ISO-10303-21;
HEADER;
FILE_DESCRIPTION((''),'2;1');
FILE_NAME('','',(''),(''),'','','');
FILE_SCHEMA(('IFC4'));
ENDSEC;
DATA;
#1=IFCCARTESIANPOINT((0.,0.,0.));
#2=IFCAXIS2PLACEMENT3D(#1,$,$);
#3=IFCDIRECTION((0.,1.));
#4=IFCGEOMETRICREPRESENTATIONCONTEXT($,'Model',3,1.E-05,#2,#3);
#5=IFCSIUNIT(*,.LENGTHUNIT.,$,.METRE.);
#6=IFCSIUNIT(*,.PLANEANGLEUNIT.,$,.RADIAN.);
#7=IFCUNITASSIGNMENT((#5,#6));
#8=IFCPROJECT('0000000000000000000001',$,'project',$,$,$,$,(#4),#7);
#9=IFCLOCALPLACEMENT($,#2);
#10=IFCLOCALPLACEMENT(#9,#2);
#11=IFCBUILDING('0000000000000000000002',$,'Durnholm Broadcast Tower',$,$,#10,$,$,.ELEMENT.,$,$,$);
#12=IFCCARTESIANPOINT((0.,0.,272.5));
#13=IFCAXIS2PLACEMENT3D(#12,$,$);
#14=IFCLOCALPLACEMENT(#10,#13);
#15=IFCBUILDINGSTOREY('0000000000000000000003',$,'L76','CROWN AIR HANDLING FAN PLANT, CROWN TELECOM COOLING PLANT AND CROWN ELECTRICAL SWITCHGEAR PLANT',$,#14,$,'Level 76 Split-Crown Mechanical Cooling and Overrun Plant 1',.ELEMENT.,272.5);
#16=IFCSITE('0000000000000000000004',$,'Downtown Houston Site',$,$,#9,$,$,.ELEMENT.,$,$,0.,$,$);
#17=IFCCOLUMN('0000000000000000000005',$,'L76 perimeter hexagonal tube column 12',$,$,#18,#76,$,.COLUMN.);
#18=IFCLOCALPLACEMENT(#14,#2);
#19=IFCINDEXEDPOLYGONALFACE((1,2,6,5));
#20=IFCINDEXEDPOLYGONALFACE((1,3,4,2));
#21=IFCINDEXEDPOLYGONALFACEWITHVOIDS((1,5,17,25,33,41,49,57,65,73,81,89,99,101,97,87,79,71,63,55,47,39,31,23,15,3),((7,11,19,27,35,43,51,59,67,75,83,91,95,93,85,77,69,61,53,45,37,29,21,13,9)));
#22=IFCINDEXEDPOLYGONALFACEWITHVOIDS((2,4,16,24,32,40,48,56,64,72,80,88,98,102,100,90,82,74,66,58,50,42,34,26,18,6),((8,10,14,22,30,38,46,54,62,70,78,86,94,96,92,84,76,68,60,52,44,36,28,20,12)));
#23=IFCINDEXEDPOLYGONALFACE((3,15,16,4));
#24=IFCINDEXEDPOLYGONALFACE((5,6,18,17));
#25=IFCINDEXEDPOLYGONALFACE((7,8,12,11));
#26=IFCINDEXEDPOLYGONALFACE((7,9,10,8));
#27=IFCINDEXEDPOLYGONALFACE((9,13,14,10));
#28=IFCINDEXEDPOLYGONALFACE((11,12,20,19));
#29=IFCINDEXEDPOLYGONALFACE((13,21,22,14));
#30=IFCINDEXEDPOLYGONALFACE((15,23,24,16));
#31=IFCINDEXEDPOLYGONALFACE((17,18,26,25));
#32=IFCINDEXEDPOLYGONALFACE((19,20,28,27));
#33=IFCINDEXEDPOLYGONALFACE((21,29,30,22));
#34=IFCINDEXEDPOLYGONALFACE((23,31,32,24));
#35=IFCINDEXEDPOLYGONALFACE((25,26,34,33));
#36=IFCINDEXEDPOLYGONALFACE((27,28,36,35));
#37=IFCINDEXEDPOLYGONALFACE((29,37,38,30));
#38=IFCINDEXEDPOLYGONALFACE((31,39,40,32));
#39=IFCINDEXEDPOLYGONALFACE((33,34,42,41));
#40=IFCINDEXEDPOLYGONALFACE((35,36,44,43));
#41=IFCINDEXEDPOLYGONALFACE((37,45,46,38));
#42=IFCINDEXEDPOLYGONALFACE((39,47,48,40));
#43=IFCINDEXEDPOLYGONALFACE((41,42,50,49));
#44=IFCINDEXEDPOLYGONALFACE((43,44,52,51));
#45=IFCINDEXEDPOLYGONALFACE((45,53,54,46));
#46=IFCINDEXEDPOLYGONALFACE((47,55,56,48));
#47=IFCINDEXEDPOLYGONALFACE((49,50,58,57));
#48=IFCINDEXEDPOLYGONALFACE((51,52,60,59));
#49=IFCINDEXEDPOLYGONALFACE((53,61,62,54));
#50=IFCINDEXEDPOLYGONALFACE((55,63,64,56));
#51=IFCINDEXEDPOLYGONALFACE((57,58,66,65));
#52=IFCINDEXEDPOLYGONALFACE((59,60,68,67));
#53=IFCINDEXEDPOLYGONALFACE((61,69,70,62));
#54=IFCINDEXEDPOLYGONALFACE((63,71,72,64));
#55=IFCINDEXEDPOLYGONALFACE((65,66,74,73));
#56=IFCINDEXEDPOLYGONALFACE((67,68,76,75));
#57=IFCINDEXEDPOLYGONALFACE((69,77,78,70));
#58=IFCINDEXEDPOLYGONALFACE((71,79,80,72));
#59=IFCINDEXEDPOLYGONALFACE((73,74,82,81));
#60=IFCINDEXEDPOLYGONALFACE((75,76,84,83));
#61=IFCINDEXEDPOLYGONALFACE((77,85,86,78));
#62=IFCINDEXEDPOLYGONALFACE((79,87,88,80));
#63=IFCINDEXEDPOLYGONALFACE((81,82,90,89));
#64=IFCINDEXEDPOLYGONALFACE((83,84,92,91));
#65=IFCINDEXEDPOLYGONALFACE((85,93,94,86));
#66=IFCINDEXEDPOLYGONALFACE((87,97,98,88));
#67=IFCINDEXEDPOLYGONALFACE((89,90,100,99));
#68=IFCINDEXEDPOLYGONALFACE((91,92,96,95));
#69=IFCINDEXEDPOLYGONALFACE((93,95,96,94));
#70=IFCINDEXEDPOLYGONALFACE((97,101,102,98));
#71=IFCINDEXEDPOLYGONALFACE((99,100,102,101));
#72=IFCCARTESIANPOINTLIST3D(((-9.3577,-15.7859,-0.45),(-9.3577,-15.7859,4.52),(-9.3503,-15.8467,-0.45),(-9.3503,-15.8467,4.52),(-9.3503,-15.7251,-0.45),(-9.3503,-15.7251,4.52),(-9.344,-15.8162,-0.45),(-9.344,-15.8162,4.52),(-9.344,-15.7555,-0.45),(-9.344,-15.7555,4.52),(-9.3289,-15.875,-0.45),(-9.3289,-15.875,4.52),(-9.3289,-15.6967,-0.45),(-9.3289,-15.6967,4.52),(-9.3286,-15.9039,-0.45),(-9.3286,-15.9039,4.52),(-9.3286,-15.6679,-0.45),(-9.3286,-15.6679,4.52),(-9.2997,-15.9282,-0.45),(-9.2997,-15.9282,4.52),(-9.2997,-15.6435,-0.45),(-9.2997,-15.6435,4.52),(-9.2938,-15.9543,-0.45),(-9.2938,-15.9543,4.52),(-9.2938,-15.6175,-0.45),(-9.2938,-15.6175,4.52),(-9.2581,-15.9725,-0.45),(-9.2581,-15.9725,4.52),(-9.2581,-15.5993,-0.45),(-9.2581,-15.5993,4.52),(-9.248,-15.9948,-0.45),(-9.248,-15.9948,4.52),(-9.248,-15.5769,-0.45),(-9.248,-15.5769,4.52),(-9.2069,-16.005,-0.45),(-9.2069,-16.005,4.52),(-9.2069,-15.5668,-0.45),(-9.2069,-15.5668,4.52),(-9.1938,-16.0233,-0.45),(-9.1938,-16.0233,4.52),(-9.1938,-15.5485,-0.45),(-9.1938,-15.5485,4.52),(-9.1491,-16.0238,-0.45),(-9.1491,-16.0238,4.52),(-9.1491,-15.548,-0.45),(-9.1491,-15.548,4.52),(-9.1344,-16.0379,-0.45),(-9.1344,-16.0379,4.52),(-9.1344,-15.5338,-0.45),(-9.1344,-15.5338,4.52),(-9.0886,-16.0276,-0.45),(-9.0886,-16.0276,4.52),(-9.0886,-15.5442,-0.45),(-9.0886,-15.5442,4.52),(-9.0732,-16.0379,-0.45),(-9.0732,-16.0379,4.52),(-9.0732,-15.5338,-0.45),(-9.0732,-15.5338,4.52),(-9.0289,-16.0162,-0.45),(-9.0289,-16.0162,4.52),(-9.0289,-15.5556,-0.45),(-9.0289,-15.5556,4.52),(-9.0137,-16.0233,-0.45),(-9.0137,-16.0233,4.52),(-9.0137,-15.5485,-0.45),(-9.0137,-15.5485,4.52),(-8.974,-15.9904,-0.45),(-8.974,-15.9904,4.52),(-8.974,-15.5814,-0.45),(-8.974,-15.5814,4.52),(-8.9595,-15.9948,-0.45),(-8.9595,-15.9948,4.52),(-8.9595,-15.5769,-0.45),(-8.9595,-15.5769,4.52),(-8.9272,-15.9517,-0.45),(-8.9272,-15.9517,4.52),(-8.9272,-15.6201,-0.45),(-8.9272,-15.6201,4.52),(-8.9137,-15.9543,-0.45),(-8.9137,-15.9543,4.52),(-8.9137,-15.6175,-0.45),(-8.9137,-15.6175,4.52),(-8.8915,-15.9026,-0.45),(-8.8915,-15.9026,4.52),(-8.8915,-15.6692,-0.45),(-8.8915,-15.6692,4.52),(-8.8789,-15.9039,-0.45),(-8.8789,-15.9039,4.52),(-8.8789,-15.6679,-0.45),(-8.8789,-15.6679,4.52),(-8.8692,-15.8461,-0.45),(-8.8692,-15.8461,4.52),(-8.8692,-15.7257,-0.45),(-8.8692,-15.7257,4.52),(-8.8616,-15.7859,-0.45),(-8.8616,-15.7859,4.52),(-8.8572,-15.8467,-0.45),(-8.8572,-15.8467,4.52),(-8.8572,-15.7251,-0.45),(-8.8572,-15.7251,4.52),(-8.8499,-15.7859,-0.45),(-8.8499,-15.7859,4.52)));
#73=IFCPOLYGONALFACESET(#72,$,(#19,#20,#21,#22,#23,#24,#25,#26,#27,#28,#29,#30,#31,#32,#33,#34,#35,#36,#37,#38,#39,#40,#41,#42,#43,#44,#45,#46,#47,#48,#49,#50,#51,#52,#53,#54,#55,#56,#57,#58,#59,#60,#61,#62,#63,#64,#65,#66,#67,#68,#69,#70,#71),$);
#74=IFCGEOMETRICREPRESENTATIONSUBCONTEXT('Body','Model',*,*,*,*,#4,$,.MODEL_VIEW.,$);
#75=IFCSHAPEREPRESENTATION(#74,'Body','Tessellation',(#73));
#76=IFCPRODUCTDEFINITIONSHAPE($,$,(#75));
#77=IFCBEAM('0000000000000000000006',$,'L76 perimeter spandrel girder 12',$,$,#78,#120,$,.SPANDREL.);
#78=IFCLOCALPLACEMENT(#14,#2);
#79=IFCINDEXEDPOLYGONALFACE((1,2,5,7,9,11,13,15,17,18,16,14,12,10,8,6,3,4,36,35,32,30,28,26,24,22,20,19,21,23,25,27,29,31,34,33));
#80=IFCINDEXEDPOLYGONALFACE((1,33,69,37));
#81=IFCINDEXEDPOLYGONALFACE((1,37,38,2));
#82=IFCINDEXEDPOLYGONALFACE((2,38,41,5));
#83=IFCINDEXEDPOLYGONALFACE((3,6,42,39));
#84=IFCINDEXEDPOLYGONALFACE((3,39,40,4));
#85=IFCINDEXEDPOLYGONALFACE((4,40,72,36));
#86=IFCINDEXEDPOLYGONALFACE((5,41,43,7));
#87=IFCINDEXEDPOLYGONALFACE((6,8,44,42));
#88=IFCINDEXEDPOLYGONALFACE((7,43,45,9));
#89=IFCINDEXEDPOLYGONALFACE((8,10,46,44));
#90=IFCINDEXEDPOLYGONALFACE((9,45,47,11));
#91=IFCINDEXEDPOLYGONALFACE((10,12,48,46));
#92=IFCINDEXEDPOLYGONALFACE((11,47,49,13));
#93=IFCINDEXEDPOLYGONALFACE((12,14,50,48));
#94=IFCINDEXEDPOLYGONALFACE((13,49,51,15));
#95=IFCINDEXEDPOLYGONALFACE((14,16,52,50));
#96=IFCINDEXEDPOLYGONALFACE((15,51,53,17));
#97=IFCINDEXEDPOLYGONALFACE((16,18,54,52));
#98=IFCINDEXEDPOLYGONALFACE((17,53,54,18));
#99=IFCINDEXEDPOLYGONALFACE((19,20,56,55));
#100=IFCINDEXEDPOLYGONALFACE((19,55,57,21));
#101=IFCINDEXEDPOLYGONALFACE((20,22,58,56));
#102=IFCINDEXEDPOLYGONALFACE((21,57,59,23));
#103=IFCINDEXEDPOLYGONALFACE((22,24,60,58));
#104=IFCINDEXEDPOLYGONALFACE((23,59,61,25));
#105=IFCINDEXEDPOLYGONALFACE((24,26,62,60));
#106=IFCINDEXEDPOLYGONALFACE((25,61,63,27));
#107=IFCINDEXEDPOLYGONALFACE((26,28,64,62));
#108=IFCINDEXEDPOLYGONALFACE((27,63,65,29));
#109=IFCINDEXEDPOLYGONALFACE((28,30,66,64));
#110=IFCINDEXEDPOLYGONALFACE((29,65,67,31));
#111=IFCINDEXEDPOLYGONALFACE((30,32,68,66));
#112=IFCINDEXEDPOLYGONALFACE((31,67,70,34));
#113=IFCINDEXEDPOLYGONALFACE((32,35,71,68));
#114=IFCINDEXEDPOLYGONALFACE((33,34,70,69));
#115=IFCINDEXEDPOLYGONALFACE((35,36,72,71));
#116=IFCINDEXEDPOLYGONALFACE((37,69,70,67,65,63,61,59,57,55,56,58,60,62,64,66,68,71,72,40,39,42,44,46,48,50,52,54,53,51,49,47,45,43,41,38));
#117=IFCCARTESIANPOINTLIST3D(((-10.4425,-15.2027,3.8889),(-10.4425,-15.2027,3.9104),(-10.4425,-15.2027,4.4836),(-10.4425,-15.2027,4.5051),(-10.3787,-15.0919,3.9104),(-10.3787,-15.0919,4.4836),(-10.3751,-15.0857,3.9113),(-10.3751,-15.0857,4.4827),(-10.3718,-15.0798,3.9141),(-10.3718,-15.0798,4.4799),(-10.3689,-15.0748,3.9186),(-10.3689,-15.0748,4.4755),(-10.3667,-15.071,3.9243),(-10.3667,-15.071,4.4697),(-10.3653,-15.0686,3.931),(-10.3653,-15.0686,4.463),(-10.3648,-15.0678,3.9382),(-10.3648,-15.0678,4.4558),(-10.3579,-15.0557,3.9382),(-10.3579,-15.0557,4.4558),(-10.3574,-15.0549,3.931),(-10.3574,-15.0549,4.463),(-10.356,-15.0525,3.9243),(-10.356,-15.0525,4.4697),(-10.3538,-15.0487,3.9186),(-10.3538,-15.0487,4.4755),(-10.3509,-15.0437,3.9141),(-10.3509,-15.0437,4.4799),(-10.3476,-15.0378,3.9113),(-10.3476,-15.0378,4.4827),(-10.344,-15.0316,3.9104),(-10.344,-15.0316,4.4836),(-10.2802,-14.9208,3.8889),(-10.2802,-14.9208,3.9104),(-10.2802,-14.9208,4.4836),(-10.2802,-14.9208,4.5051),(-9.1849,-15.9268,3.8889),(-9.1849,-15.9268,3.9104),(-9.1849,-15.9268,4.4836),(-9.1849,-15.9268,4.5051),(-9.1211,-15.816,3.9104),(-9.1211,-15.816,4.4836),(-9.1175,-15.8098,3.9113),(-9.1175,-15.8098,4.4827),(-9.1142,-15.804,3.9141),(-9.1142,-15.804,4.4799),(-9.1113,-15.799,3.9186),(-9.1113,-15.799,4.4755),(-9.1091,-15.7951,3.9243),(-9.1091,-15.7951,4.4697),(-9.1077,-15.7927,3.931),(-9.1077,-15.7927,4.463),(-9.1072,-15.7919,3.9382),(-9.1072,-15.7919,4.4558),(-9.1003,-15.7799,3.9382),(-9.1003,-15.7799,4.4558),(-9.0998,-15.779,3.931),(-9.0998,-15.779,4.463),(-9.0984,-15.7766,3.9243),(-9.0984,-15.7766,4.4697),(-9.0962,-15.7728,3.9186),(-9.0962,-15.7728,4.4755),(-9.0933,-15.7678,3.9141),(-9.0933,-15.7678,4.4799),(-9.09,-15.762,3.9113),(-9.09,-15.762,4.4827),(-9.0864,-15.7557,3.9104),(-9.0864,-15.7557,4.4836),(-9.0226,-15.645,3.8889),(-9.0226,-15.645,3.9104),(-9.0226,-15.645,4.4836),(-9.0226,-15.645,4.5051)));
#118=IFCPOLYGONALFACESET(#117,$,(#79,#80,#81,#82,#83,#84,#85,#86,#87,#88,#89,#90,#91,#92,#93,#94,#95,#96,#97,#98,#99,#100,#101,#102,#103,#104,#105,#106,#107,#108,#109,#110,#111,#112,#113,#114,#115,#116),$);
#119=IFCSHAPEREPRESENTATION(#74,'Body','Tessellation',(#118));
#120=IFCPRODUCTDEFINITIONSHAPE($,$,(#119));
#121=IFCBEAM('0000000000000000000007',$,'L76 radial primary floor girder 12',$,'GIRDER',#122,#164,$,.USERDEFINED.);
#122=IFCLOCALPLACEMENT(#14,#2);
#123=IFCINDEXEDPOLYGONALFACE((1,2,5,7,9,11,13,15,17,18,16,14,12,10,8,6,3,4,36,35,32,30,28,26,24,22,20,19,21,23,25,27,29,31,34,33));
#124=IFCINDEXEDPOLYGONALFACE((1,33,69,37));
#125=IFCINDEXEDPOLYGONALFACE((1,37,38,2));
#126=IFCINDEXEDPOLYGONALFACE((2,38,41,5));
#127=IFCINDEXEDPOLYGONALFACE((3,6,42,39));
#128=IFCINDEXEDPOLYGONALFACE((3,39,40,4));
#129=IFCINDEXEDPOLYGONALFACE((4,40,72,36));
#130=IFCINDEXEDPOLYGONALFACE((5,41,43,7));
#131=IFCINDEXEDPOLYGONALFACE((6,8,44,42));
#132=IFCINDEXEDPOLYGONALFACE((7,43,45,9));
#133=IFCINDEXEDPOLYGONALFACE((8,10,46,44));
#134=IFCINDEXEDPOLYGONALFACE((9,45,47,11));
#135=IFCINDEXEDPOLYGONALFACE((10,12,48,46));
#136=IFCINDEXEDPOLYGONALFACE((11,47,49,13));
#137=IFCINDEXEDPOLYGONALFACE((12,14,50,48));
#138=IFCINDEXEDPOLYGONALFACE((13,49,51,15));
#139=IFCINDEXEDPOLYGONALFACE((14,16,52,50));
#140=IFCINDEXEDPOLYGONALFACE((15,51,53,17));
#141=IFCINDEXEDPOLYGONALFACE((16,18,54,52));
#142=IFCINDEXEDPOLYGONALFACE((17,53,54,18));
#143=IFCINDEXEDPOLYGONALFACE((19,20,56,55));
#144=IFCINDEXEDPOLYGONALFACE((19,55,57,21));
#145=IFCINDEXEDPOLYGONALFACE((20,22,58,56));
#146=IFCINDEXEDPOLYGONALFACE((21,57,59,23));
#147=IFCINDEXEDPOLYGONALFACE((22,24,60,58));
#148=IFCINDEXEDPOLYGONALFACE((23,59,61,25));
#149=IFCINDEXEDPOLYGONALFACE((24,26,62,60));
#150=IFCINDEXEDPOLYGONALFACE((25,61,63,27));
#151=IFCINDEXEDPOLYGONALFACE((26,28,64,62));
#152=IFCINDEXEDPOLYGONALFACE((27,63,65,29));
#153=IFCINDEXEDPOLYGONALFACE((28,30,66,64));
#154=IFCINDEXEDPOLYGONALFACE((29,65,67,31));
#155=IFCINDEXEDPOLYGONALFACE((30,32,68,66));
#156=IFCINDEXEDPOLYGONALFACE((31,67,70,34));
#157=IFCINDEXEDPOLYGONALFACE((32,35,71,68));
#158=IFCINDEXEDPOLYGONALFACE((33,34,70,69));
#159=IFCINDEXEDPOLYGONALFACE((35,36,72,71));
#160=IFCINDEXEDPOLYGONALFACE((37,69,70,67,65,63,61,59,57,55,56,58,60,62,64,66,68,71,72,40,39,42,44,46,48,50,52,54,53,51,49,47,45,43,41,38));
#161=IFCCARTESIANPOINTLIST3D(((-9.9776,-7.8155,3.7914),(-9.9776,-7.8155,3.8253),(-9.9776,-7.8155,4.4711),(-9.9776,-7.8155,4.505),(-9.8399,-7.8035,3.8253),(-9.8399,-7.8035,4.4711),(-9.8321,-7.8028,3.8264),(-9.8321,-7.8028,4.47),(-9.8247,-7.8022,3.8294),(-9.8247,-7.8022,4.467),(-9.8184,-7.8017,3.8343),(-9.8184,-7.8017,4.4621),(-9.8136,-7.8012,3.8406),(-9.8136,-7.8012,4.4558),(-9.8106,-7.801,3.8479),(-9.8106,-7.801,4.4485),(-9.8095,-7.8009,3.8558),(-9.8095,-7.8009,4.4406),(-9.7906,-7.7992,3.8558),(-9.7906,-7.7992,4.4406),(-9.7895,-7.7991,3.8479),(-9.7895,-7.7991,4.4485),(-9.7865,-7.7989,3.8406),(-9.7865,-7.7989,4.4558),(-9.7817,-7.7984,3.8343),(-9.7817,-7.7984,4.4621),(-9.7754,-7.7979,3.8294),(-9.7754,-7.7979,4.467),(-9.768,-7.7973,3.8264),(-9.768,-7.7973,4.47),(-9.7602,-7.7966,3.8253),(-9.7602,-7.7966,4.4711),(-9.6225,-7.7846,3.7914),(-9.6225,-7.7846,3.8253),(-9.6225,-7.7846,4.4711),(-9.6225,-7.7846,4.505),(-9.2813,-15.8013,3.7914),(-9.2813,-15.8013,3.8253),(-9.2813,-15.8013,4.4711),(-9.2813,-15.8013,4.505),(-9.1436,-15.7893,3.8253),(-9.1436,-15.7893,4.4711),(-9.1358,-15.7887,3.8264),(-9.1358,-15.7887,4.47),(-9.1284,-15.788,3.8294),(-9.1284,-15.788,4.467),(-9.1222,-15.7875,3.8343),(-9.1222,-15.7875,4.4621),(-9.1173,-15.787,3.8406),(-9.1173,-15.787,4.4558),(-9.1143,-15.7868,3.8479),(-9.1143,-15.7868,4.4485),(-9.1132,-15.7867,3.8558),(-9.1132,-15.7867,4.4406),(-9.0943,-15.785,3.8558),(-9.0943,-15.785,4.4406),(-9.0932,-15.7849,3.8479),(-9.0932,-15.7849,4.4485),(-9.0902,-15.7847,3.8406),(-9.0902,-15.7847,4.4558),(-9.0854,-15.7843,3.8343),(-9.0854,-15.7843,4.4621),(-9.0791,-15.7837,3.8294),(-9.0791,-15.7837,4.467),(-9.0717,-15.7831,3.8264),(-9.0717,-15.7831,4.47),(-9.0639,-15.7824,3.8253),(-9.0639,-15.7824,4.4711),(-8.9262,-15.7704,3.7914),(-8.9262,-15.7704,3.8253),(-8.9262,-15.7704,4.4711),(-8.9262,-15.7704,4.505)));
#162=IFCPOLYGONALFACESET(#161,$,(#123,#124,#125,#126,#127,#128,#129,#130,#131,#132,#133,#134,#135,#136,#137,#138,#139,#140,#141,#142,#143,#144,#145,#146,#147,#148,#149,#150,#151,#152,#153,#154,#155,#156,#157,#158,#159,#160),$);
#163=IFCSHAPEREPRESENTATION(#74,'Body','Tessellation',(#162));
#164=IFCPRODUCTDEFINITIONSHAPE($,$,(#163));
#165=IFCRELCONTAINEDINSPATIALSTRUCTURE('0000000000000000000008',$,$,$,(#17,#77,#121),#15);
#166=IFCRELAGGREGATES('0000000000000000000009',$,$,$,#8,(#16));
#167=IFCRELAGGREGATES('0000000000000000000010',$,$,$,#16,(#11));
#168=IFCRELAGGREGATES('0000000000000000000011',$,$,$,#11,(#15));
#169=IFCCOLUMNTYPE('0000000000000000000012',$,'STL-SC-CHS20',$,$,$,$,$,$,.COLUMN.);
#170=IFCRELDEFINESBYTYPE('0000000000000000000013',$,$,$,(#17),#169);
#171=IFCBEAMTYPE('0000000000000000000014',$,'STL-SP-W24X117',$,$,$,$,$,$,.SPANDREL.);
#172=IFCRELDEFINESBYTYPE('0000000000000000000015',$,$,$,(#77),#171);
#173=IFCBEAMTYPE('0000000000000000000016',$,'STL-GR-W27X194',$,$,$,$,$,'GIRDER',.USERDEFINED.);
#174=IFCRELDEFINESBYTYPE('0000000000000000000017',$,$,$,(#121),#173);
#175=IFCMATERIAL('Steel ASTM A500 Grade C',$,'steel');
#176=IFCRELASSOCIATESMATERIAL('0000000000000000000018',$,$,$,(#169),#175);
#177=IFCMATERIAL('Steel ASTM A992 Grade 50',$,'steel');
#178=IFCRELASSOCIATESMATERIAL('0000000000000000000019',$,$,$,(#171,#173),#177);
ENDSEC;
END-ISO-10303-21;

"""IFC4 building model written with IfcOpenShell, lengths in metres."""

from ifc_helpers import new_model, si_unit, direction, frame, origin, origin_2d, place, context, subcontext, project, spatial, hollow_circle, i_section, extrude, source, transform, mapped, material, material_profile, profile_set, type_object, type_shapes, element, save


model = new_model("IFC4")

# Units and contexts
model_context = context("Model", 3, precision=1e-05, world=origin(), true_north=direction((0.0, 1.0)))
body_context = subcontext(model_context, "Body", "Model", "MODEL_VIEW")
ifc_project = project(units=[si_unit("LENGTHUNIT", "METRE"), si_unit("PLANEANGLEUNIT", "RADIAN")], contexts=[model_context])

# Site, building, storey
site_placement = place(None, origin())
site = spatial("IfcSite", under=ifc_project, at=site_placement, Name="Downtown Houston Site", CompositionType="ELEMENT", RefElevation=0.0)
building_placement = place(site_placement, origin())
building = spatial("IfcBuilding", under=site, at=building_placement, Name="Durnholm Broadcast Tower", CompositionType="ELEMENT")
storey_placement = place(building_placement, frame((0.0, 0.0, 272.5)))
storey = spatial("IfcBuildingStorey", under=building, at=storey_placement, Name="L76", Description="CROWN AIR HANDLING FAN PLANT, CROWN TELECOM COOLING PLANT AND CROWN ELECTRICAL SWITCHGEAR PLANT", LongName="Level 76 Split-Crown Mechanical Cooling and Overrun Plant 1", CompositionType="ELEMENT", Elevation=272.5)

# Column
ifc_material_1 = material(Name="Steel ASTM A500 Grade C", Category="steel")
ifc_material_profile_1 = material_profile(ifc_material_1, hollow_circle(Radius=0.2539, WallThickness=0.0117, at=origin_2d()), Name="HSS20.000X0.500")
ifc_profile_set_1 = profile_set([ifc_material_profile_1], Name="Steel ASTM A500 Grade C")
column_type = type_object("IfcColumnType", Name="STL-SC-CHS20", PredefinedType="COLUMN", material=ifc_profile_set_1)
shared_shape_1 = source(origin(), body_context, "Body", "SweptSolid", [
    extrude(hollow_circle(Radius=0.2539, WallThickness=0.0117, at=origin_2d()), origin(), (0.0, 0.0, 1.0), 4.97),
])
type_shapes(column_type, [shared_shape_1])
column_placement = place(storey_placement, frame((-9.1038, -15.7859, -0.45), z_axis=(0.0, 0.0, 1.0), x_axis=(1.0, 0.0, 0.0)))
element("IfcColumn", 1, at=column_placement, inside=storey, type_object=column_type, Name="L76 perimeter hexagonal tube column 12", PredefinedType="COLUMN", context=body_context, shape_type="MappedRepresentation", body=[
    mapped(shared_shape_1, transform((0.0, 0.0, 0.0), x_axis=(1.0, 0.0, 0.0), y_axis=(0.0, 1.0, 0.0), z_axis=(0.0, 0.0, 1.0), scale=1.0)),
])

# Beams
ifc_material_2 = material(Name="Steel ASTM A992 Grade 50", Category="steel")
ifc_material_profile_2 = material_profile(ifc_material_2, i_section(OverallWidth=0.3252, OverallDepth=0.6162, WebThickness=0.0139, FlangeThickness=0.0215, FilletRadius=0.0278, at=origin_2d()), Name="W24X117")
ifc_profile_set_2 = profile_set([ifc_material_profile_2], Name="Steel ASTM A992 Grade 50")
beam_type_1 = type_object("IfcBeamType", Name="STL-SP-W24X117", PredefinedType="SPANDREL", material=ifc_profile_set_2)
shared_shape_2 = source(origin(), body_context, "Body", "SweptSolid", [
    extrude(i_section(OverallWidth=0.3252, OverallDepth=0.6162, WebThickness=0.0139, FlangeThickness=0.0215, FilletRadius=0.0278, at=origin_2d()), origin(), (0.0, 0.0, 1.0), 1.4512),
])
type_shapes(beam_type_1, [shared_shape_2])
beam_1_placement = place(storey_placement, frame((-9.1038, -15.7859, 4.197), z_axis=(-0.866603, 0.498999, 0.0), x_axis=(-0.498999, -0.866603, 0.0)))
element("IfcBeam", 2, at=beam_1_placement, inside=storey, type_object=beam_type_1, Name="L76 perimeter spandrel girder 12", PredefinedType="SPANDREL", context=body_context, shape_type="MappedRepresentation", body=[
    mapped(shared_shape_2, transform((0.0, 0.0, 0.0), x_axis=(1.0, 0.0, 0.0), y_axis=(0.0, 1.0, 0.0), z_axis=(0.0, 0.0, 1.0), scale=1.0)),
])
ifc_material_profile_3 = material_profile(ifc_material_2, i_section(OverallWidth=0.3564, OverallDepth=0.7136, WebThickness=0.019, FlangeThickness=0.0339, FilletRadius=0.0305, at=origin_2d()), Name="W27X194")
ifc_profile_set_3 = profile_set([ifc_material_profile_3], Name="Steel ASTM A992 Grade 50")
beam_type_2 = type_object("IfcBeamType", Name="STL-GR-W27X194", ElementType="GIRDER", PredefinedType="USERDEFINED", material=ifc_profile_set_3)
shared_shape_3 = source(origin(), body_context, "Body", "SweptSolid", [
    extrude(i_section(OverallWidth=0.3564, OverallDepth=0.7136, WebThickness=0.019, FlangeThickness=0.0339, FilletRadius=0.0305, at=origin_2d()), origin(), (0.0, 0.0, 1.0), 8.0161),
])
type_shapes(beam_type_2, [shared_shape_3])
beam_2_placement = place(storey_placement, frame((-9.8, -7.8, 4.1482), z_axis=(0.086861, -0.99622, 0.0), x_axis=(0.99622, 0.086861, 0.0)))
element("IfcBeam", 3, at=beam_2_placement, inside=storey, type_object=beam_type_2, Name="L76 radial primary floor girder 12", ObjectType="GIRDER", PredefinedType="USERDEFINED", context=body_context, shape_type="MappedRepresentation", body=[
    mapped(shared_shape_3, transform((0.0, 0.0, 0.0), x_axis=(1.0, 0.0, 0.0), y_axis=(0.0, 1.0, 0.0), z_axis=(0.0, 0.0, 1.0), scale=1.0)),
])

save(model, "model.ifc")
